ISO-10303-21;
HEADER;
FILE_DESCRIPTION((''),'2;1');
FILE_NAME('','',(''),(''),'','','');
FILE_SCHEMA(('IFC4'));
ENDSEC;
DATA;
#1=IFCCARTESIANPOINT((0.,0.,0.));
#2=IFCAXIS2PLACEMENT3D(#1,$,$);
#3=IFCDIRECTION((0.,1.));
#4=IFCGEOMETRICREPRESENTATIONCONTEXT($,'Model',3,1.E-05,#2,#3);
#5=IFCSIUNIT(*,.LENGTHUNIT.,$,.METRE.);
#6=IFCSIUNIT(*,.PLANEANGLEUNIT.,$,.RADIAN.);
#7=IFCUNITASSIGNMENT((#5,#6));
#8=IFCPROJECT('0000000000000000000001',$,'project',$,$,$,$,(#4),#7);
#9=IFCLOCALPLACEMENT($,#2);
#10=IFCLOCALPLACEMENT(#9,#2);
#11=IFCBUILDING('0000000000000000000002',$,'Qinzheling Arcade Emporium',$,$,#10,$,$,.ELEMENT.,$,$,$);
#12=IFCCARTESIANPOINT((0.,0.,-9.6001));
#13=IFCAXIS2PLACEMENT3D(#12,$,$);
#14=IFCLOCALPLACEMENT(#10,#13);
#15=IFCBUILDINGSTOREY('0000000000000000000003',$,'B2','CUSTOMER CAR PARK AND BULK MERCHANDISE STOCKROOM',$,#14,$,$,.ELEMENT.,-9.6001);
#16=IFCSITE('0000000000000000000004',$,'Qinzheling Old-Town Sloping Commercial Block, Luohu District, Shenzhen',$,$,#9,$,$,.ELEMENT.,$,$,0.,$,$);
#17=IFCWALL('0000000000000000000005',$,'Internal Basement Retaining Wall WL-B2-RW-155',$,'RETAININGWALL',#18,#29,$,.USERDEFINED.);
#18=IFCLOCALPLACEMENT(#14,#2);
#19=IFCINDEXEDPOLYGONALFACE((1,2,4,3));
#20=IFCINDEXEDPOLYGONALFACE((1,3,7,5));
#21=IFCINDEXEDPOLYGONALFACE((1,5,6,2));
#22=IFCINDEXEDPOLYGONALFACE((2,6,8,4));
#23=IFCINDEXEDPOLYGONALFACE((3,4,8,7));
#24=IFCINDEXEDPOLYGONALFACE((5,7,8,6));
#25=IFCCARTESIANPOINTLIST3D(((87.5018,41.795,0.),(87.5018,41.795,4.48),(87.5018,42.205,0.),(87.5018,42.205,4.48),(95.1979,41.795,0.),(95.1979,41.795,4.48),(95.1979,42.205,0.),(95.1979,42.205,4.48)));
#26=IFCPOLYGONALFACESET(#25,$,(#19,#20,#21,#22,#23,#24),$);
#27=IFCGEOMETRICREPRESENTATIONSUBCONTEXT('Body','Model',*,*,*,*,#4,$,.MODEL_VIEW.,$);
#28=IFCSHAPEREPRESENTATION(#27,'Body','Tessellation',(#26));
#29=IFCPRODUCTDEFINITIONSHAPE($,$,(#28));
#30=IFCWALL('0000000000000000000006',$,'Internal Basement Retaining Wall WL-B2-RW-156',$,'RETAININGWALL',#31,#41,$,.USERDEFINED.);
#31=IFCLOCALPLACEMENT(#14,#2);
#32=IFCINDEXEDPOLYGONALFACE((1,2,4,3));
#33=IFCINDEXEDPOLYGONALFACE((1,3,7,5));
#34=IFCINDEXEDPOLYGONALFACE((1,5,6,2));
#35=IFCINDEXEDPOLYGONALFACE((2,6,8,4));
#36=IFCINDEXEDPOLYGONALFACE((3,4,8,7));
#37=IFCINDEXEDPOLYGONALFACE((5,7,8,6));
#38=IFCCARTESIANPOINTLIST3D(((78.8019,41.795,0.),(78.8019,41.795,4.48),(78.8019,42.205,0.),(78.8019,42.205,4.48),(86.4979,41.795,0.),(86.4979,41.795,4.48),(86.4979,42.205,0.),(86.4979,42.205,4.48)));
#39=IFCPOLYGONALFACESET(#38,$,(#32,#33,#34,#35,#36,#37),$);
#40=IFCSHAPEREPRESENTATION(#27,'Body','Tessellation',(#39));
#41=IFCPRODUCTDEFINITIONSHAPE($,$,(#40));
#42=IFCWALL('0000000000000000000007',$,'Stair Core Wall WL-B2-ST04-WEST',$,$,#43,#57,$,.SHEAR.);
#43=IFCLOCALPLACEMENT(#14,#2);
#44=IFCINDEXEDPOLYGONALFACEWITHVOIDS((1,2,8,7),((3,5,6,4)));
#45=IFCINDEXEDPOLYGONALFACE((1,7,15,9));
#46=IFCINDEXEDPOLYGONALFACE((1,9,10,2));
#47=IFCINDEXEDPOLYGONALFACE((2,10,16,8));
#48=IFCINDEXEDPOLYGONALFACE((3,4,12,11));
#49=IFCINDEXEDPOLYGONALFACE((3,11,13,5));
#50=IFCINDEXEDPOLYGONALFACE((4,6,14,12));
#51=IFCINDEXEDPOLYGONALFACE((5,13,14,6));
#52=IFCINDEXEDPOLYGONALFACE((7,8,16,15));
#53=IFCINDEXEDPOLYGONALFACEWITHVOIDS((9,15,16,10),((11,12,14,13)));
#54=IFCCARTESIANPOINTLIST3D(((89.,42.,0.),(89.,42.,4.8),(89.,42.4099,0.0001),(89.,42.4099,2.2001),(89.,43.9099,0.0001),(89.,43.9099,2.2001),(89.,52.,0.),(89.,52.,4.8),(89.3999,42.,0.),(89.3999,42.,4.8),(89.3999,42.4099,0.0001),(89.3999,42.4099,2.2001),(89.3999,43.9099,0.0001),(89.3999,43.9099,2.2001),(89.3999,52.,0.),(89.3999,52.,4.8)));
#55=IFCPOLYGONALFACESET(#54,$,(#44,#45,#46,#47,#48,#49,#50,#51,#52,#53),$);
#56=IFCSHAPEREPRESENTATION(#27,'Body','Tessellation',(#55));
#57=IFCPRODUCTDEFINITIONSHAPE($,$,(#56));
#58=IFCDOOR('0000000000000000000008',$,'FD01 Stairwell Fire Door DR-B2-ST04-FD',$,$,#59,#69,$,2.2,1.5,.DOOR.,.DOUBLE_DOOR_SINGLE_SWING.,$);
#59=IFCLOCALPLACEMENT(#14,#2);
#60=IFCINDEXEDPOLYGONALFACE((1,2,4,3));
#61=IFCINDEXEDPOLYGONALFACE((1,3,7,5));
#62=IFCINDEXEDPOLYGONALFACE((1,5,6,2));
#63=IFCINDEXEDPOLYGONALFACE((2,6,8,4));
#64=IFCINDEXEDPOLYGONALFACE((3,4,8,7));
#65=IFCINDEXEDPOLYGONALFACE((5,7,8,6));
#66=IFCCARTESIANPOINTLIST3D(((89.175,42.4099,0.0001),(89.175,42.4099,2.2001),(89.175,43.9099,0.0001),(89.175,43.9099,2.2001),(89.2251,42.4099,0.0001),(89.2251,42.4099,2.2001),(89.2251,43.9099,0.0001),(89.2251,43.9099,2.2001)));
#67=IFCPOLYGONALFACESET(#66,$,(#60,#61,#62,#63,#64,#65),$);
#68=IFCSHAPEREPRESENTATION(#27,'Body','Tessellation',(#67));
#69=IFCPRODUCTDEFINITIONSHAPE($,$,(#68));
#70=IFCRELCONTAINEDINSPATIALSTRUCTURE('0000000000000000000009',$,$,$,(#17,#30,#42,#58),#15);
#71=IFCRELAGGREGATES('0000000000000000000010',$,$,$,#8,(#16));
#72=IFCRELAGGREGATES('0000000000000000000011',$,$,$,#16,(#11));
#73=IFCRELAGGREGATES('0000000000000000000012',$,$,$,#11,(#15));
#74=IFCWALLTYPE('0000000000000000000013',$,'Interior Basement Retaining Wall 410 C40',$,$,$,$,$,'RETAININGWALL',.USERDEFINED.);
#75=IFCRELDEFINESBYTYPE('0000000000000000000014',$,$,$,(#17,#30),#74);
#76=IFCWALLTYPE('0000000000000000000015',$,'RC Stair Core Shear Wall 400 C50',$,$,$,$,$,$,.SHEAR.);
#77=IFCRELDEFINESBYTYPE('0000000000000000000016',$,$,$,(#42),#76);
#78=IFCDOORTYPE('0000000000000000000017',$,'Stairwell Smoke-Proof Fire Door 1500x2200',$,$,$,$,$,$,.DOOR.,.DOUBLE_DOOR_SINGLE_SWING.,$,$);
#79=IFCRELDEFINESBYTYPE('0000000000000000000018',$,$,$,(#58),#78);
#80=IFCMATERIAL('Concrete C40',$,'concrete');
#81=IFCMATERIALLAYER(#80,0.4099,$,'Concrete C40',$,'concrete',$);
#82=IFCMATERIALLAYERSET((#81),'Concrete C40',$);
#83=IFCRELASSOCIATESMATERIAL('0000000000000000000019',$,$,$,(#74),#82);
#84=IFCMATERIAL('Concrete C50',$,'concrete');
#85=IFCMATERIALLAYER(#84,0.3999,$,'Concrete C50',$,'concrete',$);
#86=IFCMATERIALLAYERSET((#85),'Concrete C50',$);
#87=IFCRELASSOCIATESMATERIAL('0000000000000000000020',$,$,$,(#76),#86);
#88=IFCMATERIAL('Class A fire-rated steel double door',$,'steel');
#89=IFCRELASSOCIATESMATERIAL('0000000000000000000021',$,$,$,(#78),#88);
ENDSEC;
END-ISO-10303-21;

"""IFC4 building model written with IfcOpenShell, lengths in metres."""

from ifc_helpers import new_model, si_unit, direction, frame, frame_2d, origin, place, context, subcontext, project, spatial, rectangle, extrude, material, layer, layer_set, type_object, element, fill, save


model = new_model("IFC4")

# Units and contexts
model_context = context("Model", 3, precision=1e-05, world=origin(), true_north=direction((0.0, 1.0)))
body_context = subcontext(model_context, "Body", "Model", "MODEL_VIEW")
ifc_project = project(units=[si_unit("LENGTHUNIT", "METRE"), si_unit("PLANEANGLEUNIT", "RADIAN")], contexts=[model_context])

# Site, building, storey
site_placement = place(None, origin())
site = spatial("IfcSite", under=ifc_project, at=site_placement, Name="Qinzheling Old-Town Sloping Commercial Block, Luohu District, Shenzhen", CompositionType="ELEMENT", RefElevation=0.0)
building_placement = place(site_placement, origin())
building = spatial("IfcBuilding", under=site, at=building_placement, Name="Qinzheling Arcade Emporium", CompositionType="ELEMENT")
storey_placement = place(building_placement, frame((0.0, 0.0, -9.6001)))
storey = spatial("IfcBuildingStorey", under=building, at=storey_placement, Name="B2", Description="CUSTOMER CAR PARK AND BULK MERCHANDISE STOCKROOM", CompositionType="ELEMENT", Elevation=-9.6001)

# Shared definitions
ifc_material_1 = material(Name="Concrete C40", Category="concrete")

# Shared definitions
ifc_material_2 = material(Name="Concrete C50", Category="concrete")

# Walls
ifc_layer_1 = layer(ifc_material_1, 0.4099, Name="Concrete C40", Category="concrete")
ifc_layer_set_1 = layer_set([ifc_layer_1], Name="Concrete C40")
wall_type_1 = type_object("IfcWallType", Name="Interior Basement Retaining Wall 410 C40", ElementType="RETAININGWALL", PredefinedType="USERDEFINED", material=ifc_layer_set_1)
for number, where, z_axis, x_axis, name in (
    (1, (95.198, 42.0, 0.0), (0.0, 0.0, 1.0), (-1.0, 0.0, 0.0), "Internal Basement Retaining Wall WL-B2-RW-155"),
    (2, (86.498, 42.0, 0.0), (0.0, 0.0, 1.0), (-1.0, 0.0, 0.0), "Internal Basement Retaining Wall WL-B2-RW-156"),
):
    element("IfcWall", number, at=place(storey_placement, frame(where, z_axis=z_axis, x_axis=x_axis)), inside=storey, type_object=wall_type_1, Name=name, ObjectType="RETAININGWALL", PredefinedType="USERDEFINED", context=body_context, shape_type="SweptSolid", body=[
        extrude(rectangle(XDim=7.696, YDim=0.4099, at=frame_2d((3.8481, 0.0))), origin(), (0.0, 0.0, 1.0), 4.48),
    ])

# Wall, opening, door
ifc_layer_2 = layer(ifc_material_2, 0.3999, Name="Concrete C50", Category="concrete")
ifc_layer_set_2 = layer_set([ifc_layer_2], Name="Concrete C50")
wall_type_2 = type_object("IfcWallType", Name="RC Stair Core Shear Wall 400 C50", PredefinedType="SHEAR", material=ifc_layer_set_2)
wall_placement = place(storey_placement, frame((89.2, 42.0, 0.0), z_axis=(0.0, 0.0, 1.0), x_axis=(0.0, 1.0, 0.0)))
wall = element("IfcWall", 3, at=wall_placement, inside=storey, type_object=wall_type_2, Name="Stair Core Wall WL-B2-ST04-WEST", PredefinedType="SHEAR", context=body_context, shape_type="SweptSolid", body=[
    extrude(rectangle(XDim=10.0, YDim=0.3999, at=frame_2d((5.0, 0.0))), origin(), (0.0, 0.0, 1.0), 4.8),
])
opening_placement = place(wall_placement, frame((0.4099, 0.0, 0.0)))
opening = element("IfcOpeningElement", 4, at=opening_placement, cuts=wall, PredefinedType="OPENING", context=body_context, shape_type="SweptSolid", body=[
    extrude(rectangle(XDim=1.5, YDim=2.2, at=frame_2d((0.75, 1.1001))), frame((0.0, 0.21, 0.0), z_axis=(0.0, -1.0, 0.0), x_axis=(1.0, 0.0, 0.0)), (0.0, 0.0, 1.0), 0.4199),
])
ifc_material_3 = material(Name="Class A fire-rated steel double door", Category="steel")
door_type = type_object("IfcDoorType", Name="Stairwell Smoke-Proof Fire Door 1500x2200", OperationType="DOUBLE_DOOR_SINGLE_SWING", PredefinedType="DOOR", material=ifc_material_3)
door_placement = place(opening_placement, origin())
door = element("IfcDoor", 5, at=door_placement, inside=storey, type_object=door_type, Name="FD01 Stairwell Fire Door DR-B2-ST04-FD", OperationType="DOUBLE_DOOR_SINGLE_SWING", OverallHeight=2.2, OverallWidth=1.5, PredefinedType="DOOR", context=body_context, shape_type="SweptSolid", body=[
    extrude(rectangle(XDim=1.5, YDim=2.2, at=frame_2d((0.75, 1.1001))), frame((0.0, 0.0249, 0.0), z_axis=(0.0, -1.0, 0.0), x_axis=(1.0, 0.0, 0.0)), (0.0, 0.0, 1.0), 0.05),
])
fill(opening, door)

save(model, "model.ifc")
